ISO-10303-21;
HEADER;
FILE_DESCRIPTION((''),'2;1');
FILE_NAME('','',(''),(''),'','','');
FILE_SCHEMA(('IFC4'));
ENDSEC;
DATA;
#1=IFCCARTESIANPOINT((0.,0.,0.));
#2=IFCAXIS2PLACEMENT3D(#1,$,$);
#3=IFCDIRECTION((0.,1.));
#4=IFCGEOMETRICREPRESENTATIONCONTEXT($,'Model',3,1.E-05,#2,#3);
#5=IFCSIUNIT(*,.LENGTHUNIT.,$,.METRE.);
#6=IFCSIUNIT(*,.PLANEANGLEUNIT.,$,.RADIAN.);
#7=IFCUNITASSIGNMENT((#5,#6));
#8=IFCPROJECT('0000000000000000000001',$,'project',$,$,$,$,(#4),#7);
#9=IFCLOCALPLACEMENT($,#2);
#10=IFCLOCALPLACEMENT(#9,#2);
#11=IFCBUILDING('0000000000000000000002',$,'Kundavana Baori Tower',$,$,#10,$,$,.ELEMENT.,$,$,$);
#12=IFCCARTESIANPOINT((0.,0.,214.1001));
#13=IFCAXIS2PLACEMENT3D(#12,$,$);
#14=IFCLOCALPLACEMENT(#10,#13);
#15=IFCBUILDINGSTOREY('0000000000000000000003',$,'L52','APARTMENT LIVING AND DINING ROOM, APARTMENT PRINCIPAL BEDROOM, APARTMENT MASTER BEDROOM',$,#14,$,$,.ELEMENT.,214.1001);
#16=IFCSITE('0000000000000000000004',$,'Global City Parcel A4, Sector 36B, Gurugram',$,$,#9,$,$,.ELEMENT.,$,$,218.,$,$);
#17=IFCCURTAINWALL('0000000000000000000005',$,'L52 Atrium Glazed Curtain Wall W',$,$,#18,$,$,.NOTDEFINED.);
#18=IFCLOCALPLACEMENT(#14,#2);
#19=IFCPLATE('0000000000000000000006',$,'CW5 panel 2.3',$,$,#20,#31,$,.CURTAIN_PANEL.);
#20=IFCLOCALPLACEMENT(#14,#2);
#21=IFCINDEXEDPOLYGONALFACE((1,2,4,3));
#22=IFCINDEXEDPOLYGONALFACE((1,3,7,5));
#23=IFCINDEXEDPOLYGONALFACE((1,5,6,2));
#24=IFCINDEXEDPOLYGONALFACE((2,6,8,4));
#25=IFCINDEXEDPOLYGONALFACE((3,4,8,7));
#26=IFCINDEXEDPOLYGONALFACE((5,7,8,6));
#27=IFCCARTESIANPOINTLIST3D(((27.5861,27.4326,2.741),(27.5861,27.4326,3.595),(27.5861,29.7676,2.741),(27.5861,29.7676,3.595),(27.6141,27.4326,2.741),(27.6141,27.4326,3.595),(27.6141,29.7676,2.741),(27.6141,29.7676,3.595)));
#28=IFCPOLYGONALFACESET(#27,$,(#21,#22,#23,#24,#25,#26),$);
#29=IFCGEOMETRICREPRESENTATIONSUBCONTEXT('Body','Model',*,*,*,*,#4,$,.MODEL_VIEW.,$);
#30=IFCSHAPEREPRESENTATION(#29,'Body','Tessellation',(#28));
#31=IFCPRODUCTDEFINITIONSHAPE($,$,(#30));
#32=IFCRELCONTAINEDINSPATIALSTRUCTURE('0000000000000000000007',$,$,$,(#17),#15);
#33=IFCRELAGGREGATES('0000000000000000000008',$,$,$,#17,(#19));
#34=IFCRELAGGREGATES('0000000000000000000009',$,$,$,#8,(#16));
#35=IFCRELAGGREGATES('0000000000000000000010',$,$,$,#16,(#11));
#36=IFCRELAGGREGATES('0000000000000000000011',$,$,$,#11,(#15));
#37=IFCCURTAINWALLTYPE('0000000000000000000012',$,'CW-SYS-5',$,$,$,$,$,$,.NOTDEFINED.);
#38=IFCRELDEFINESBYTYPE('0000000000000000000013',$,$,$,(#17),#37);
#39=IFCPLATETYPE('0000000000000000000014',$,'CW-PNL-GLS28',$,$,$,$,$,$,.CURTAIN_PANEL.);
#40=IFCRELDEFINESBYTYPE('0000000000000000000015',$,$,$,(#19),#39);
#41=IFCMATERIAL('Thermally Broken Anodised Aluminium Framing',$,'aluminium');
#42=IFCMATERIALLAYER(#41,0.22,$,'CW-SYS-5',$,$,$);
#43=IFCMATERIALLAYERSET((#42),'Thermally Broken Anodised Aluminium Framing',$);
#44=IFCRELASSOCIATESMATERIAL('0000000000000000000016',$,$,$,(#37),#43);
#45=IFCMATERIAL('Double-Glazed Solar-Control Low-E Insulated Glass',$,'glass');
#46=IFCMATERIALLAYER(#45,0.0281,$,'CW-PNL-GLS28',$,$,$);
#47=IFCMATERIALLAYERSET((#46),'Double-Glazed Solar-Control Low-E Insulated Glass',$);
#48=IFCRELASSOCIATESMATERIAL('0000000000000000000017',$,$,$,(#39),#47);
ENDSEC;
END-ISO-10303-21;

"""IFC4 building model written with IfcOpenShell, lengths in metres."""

from ifc_helpers import new_model, si_unit, direction, frame, origin, origin_2d, place, context, subcontext, project, spatial, rectangle, extrude, material, layer, layer_set, type_object, element, aggregate, save


model = new_model("IFC4")

# Units and contexts
model_context = context("Model", 3, precision=1e-05, world=origin(), true_north=direction((0.0, 1.0)))
body_context = subcontext(model_context, "Body", "Model", "MODEL_VIEW")
ifc_project = project(units=[si_unit("LENGTHUNIT", "METRE"), si_unit("PLANEANGLEUNIT", "RADIAN")], contexts=[model_context])

# Site, building, storey
site_placement = place(None, origin())
site = spatial("IfcSite", under=ifc_project, at=site_placement, Name="Global City Parcel A4, Sector 36B, Gurugram", CompositionType="ELEMENT", RefElevation=218.0)
building_placement = place(site_placement, origin())
building = spatial("IfcBuilding", under=site, at=building_placement, Name="Kundavana Baori Tower", CompositionType="ELEMENT")
storey_placement = place(building_placement, frame((0.0, 0.0, 214.1001)))
storey = spatial("IfcBuildingStorey", under=building, at=storey_placement, Name="L52", Description="APARTMENT LIVING AND DINING ROOM, APARTMENT PRINCIPAL BEDROOM, APARTMENT MASTER BEDROOM", CompositionType="ELEMENT", Elevation=214.1001)

# Curtain wall, plate
ifc_material_1 = material(Name="Thermally Broken Anodised Aluminium Framing", Category="aluminium")
ifc_layer_1 = layer(ifc_material_1, 0.22, Name="CW-SYS-5")
ifc_layer_set_1 = layer_set([ifc_layer_1], Name="Thermally Broken Anodised Aluminium Framing")
curtain_wall_type = type_object("IfcCurtainWallType", Name="CW-SYS-5", PredefinedType="NOTDEFINED", material=ifc_layer_set_1)
curtain_wall_placement = place(storey_placement, origin())
curtain_wall = element("IfcCurtainWall", 1, at=curtain_wall_placement, inside=storey, type_object=curtain_wall_type, Name="L52 Atrium Glazed Curtain Wall W", PredefinedType="NOTDEFINED")
ifc_material_2 = material(Name="Double-Glazed Solar-Control Low-E Insulated Glass", Category="glass")
ifc_layer_2 = layer(ifc_material_2, 0.0281, Name="CW-PNL-GLS28")
ifc_layer_set_2 = layer_set([ifc_layer_2], Name="Double-Glazed Solar-Control Low-E Insulated Glass")
plate_type = type_object("IfcPlateType", Name="CW-PNL-GLS28", PredefinedType="CURTAIN_PANEL", material=ifc_layer_set_2)
plate_1_placement = place(storey_placement, frame((27.6001, 28.6001, 2.741), z_axis=(0.0, 0.0, 1.0), x_axis=(0.0, -1.0, 0.0)))
plate_1 = element("IfcPlate", 2, at=plate_1_placement, type_object=plate_type, Name="CW5 panel 2.3", PredefinedType="CURTAIN_PANEL", context=body_context, shape_type="SweptSolid", body=[
    extrude(rectangle(XDim=2.335, YDim=0.0281, at=origin_2d()), origin(), (0.0, 0.0, 1.0), 0.854),
])
aggregate(curtain_wall, [plate_1])

save(model, "model.ifc")
